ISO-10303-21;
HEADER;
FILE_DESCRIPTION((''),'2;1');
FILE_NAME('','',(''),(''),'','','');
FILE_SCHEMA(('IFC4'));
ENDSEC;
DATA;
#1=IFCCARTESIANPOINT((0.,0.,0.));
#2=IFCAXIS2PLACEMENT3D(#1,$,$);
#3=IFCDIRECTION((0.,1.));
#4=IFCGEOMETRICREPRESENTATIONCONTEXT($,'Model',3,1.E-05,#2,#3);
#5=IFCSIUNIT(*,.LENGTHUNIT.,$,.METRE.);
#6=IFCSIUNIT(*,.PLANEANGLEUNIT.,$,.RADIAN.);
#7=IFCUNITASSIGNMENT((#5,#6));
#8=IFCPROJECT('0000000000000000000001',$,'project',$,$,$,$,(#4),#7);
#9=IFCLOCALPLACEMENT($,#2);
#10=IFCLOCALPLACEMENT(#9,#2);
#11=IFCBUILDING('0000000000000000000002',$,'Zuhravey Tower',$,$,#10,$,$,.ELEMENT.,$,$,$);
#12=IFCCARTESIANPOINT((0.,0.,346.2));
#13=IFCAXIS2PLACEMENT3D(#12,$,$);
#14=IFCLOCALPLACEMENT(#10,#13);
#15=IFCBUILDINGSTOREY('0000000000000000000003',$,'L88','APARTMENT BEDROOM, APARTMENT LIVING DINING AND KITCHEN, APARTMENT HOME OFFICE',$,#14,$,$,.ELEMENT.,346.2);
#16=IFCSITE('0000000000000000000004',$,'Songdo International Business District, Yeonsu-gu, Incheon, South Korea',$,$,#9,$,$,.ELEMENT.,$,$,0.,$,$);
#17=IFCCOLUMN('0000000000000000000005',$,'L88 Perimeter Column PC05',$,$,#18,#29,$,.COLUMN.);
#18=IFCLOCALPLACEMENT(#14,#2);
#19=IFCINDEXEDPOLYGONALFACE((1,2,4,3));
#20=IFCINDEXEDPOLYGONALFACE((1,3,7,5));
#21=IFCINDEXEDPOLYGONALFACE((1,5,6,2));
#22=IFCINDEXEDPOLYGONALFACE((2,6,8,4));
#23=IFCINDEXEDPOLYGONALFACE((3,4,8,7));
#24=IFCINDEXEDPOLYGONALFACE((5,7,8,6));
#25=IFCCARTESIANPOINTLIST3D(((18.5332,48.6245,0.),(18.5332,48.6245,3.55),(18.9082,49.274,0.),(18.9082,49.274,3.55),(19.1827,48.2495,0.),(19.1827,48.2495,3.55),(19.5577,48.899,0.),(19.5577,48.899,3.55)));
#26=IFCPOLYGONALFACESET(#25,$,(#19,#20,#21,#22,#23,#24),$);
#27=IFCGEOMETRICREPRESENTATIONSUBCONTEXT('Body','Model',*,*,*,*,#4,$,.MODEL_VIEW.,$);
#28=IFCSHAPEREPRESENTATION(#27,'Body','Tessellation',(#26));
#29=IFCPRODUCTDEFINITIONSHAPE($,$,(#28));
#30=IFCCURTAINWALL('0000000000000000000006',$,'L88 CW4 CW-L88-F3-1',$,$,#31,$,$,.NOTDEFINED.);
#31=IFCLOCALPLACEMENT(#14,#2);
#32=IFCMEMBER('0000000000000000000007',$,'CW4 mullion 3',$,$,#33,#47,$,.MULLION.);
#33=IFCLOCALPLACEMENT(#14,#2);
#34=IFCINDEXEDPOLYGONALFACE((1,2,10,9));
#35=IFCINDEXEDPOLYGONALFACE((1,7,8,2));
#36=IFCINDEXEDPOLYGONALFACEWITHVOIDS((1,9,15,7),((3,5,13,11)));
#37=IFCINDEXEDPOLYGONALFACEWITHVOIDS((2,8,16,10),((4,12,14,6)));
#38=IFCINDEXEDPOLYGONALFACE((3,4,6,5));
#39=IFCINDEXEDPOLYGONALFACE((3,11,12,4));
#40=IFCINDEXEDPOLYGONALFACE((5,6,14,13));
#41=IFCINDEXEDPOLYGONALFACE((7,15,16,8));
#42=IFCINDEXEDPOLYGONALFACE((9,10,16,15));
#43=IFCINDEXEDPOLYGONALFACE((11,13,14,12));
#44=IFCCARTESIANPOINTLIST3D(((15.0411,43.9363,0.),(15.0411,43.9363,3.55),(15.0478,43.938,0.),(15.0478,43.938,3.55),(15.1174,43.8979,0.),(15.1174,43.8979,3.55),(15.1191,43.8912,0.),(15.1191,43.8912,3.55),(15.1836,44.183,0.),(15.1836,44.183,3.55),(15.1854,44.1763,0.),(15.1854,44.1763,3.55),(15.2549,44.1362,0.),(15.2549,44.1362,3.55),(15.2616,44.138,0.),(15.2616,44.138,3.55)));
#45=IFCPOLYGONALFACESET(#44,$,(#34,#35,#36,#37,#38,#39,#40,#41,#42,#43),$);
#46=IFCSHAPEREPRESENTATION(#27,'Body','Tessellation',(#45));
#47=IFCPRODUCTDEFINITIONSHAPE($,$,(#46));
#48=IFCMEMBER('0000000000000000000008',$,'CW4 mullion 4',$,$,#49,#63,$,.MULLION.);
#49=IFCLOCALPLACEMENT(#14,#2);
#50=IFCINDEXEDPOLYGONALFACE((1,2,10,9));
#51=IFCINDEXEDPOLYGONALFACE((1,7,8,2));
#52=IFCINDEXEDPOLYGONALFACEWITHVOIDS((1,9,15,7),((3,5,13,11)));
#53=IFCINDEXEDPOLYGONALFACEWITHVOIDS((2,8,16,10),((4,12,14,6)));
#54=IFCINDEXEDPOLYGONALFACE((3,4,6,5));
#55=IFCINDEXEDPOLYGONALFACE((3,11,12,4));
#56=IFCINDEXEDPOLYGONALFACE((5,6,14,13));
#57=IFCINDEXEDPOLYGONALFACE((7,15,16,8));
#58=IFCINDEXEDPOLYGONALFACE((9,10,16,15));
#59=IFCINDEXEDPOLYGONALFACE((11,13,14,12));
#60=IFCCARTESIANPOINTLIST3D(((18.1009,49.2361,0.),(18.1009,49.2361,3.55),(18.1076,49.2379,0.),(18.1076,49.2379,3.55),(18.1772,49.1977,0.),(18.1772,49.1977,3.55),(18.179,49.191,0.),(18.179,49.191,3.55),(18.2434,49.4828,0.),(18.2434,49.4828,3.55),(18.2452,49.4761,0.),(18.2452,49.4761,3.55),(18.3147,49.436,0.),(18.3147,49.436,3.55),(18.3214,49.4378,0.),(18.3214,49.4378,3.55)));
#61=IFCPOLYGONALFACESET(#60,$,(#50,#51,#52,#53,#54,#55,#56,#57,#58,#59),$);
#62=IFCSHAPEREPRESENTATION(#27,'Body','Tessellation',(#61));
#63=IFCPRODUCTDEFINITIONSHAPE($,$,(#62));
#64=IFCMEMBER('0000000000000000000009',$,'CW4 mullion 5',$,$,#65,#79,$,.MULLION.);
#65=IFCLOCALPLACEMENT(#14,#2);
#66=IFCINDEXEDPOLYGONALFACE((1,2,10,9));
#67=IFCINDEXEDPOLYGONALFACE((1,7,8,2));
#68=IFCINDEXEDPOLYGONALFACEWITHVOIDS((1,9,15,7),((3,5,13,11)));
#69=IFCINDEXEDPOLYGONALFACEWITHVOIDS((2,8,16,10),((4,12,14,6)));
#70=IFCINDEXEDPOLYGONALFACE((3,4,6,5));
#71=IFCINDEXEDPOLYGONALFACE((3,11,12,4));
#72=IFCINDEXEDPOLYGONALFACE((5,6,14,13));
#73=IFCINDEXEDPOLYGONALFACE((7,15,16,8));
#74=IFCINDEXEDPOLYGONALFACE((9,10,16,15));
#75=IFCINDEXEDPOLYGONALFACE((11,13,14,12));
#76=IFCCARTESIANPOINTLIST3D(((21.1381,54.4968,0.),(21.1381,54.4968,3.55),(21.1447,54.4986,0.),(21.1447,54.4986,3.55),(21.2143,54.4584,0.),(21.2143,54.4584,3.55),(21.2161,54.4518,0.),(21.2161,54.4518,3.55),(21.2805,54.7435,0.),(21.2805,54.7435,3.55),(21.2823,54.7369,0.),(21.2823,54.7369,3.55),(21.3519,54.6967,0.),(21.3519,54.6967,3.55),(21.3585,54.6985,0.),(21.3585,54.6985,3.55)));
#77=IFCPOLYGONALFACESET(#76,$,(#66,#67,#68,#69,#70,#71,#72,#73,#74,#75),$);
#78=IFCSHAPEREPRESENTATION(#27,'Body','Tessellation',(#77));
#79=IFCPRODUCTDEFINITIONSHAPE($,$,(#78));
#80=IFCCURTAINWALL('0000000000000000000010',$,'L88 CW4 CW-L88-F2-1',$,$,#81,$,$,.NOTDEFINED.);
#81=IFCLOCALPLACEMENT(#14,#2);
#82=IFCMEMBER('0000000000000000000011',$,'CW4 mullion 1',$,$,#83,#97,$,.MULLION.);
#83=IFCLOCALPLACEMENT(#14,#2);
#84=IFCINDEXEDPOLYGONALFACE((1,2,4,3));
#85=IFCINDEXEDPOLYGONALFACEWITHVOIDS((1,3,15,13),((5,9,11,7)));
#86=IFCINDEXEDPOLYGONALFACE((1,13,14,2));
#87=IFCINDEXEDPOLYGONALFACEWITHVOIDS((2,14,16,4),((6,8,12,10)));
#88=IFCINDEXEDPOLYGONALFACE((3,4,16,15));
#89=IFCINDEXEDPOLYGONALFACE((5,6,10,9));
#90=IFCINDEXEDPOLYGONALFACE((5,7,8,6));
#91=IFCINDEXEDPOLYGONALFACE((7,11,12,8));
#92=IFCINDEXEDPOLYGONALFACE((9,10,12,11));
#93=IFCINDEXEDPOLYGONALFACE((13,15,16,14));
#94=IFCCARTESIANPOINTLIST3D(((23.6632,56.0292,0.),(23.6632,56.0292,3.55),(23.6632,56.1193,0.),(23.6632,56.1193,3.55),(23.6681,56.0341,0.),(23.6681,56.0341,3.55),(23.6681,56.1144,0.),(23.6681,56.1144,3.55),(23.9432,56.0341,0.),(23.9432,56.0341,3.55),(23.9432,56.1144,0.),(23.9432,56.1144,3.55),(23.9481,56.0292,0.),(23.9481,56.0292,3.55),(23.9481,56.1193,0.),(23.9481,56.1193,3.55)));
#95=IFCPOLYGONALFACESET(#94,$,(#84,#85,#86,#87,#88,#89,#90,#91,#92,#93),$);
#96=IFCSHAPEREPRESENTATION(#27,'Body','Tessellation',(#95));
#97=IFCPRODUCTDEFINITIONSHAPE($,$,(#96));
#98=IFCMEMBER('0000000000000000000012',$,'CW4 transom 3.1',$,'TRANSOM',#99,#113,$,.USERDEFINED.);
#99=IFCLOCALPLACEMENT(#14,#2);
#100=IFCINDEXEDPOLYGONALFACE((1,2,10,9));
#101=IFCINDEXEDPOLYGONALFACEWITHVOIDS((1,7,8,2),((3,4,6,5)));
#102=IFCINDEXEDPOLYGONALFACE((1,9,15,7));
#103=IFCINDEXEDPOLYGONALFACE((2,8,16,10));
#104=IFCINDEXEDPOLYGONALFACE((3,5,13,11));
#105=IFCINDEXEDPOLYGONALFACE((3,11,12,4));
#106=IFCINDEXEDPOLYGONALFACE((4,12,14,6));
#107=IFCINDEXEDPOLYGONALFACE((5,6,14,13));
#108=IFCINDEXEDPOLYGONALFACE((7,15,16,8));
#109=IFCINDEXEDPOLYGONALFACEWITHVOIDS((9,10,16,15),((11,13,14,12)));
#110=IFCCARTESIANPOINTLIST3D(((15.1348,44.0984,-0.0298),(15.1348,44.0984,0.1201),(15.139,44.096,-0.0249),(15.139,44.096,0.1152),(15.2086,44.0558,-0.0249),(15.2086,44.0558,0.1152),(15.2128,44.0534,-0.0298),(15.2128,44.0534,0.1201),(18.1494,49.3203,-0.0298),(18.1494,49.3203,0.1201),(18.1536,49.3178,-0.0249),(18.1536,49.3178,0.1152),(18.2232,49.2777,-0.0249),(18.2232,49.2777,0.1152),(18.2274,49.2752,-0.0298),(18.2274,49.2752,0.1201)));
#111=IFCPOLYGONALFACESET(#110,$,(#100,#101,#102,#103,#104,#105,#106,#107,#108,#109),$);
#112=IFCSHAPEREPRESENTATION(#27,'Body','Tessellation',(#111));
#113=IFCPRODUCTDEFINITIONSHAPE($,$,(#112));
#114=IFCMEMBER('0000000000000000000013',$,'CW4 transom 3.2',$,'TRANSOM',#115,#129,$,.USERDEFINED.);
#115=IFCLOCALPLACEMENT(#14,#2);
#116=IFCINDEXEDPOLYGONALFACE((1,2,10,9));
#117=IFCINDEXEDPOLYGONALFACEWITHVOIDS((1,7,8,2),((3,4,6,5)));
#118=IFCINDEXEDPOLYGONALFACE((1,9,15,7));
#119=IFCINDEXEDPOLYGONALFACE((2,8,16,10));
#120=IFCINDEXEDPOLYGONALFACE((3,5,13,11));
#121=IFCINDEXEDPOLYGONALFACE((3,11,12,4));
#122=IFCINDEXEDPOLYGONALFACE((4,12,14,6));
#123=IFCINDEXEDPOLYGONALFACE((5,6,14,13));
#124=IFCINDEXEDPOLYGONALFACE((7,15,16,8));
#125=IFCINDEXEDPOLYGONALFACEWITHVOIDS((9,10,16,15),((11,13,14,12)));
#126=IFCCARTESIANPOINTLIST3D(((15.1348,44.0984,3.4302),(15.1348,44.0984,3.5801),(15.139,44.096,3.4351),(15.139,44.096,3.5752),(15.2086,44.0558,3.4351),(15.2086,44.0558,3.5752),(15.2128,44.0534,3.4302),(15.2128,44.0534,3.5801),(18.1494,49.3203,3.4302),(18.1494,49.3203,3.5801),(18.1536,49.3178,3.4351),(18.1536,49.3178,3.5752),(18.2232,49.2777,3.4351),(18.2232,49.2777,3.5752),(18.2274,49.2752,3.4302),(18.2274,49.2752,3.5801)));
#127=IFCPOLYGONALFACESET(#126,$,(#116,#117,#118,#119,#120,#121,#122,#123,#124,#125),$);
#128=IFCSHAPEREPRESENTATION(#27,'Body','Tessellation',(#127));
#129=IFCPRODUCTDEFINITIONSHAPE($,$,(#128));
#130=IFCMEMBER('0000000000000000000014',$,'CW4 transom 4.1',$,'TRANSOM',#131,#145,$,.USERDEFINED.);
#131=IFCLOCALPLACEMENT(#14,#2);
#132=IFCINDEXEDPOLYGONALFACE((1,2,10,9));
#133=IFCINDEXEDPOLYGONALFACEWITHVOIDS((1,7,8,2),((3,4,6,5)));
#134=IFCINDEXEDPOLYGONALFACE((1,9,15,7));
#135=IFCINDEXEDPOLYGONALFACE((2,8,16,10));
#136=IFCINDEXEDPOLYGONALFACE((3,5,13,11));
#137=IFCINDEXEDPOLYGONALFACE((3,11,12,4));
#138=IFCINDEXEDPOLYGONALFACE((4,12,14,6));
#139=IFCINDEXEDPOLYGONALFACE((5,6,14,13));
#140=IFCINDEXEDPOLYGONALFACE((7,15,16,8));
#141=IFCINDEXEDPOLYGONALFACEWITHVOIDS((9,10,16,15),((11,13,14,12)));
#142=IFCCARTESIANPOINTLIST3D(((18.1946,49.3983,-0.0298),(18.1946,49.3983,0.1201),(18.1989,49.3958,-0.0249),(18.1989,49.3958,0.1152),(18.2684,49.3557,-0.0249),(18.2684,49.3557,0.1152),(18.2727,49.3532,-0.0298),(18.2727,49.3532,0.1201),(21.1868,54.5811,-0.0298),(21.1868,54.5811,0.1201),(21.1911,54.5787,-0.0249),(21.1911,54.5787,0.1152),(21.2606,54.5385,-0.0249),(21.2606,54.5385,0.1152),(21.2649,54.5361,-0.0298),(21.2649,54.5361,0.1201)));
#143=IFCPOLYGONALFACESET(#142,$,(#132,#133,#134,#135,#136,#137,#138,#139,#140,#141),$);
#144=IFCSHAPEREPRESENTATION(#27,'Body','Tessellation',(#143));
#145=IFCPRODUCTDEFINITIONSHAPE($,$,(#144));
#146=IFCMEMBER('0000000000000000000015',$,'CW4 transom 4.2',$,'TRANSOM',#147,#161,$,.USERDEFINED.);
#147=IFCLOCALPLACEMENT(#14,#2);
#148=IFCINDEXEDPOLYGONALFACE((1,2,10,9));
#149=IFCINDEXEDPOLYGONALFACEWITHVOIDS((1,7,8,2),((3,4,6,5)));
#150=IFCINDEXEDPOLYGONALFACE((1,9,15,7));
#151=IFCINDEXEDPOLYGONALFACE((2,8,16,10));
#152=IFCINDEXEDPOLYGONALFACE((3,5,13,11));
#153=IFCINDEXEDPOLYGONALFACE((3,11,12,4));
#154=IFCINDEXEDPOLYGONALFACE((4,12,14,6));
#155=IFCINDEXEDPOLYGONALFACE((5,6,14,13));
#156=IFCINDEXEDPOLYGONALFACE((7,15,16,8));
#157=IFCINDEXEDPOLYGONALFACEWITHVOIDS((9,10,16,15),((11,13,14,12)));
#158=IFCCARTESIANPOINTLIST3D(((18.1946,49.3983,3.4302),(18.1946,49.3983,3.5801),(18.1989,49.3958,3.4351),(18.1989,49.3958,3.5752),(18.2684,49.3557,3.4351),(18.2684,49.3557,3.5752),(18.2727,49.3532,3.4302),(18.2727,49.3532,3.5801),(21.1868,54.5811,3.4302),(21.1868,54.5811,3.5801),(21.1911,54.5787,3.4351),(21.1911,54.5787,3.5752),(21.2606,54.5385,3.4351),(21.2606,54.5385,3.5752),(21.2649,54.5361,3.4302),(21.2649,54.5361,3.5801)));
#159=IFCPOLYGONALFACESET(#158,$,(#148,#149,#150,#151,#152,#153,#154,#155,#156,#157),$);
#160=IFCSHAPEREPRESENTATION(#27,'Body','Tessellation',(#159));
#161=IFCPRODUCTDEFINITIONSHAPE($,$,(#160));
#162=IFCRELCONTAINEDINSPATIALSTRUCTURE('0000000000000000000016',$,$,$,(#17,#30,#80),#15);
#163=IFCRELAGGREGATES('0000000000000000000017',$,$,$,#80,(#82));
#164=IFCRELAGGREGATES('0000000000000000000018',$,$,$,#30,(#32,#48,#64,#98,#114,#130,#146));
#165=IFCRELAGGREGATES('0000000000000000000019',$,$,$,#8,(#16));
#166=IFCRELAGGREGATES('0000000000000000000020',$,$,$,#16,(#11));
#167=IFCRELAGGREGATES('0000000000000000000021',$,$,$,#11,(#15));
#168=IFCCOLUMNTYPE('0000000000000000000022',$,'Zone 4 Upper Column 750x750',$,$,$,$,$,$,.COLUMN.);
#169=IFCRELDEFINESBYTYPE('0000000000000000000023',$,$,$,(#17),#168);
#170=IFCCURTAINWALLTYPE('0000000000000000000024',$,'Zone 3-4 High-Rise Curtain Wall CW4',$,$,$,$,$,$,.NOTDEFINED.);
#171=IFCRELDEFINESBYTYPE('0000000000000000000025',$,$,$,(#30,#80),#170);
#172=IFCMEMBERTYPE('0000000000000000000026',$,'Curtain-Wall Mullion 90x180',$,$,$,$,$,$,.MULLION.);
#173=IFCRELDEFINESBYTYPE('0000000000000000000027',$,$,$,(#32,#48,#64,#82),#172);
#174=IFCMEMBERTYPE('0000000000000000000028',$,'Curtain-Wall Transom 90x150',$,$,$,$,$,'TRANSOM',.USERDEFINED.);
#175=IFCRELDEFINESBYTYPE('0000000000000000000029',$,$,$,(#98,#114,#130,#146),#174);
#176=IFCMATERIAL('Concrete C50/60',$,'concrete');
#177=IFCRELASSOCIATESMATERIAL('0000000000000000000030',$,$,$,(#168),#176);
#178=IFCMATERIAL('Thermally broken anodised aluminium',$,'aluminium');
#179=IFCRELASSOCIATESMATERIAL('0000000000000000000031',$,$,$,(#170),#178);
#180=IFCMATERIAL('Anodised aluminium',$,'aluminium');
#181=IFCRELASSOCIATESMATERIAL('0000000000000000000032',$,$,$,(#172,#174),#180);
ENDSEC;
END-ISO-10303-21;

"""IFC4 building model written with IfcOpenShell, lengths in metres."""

from ifc_helpers import new_model, si_unit, direction, frame, origin, origin_2d, place, context, subcontext, project, spatial, rectangle, hollow_rectangle, extrude, material, material_profile, profile_set, type_object, element, aggregate, save


model = new_model("IFC4")

# Units and contexts
model_context = context("Model", 3, precision=1e-05, world=origin(), true_north=direction((0.0, 1.0)))
body_context = subcontext(model_context, "Body", "Model", "MODEL_VIEW")
ifc_project = project(units=[si_unit("LENGTHUNIT", "METRE"), si_unit("PLANEANGLEUNIT", "RADIAN")], contexts=[model_context])

# Site, building, storey
site_placement = place(None, origin())
site = spatial("IfcSite", under=ifc_project, at=site_placement, Name="Songdo International Business District, Yeonsu-gu, Incheon, South Korea", CompositionType="ELEMENT", RefElevation=0.0)
building_placement = place(site_placement, origin())
building = spatial("IfcBuilding", under=site, at=building_placement, Name="Zuhravey Tower", CompositionType="ELEMENT")
storey_placement = place(building_placement, frame((0.0, 0.0, 346.2)))
storey = spatial("IfcBuildingStorey", under=building, at=storey_placement, Name="L88", Description="APARTMENT BEDROOM, APARTMENT LIVING DINING AND KITCHEN, APARTMENT HOME OFFICE", CompositionType="ELEMENT", Elevation=346.2)

# Column
ifc_material_1 = material(Name="Concrete C50/60", Category="concrete")
ifc_material_profile_1 = material_profile(ifc_material_1, rectangle(XDim=0.75, YDim=0.75, at=origin_2d()), Name="RC-750x750")
ifc_profile_set_1 = profile_set([ifc_material_profile_1], Name="Concrete C50/60")
column_type = type_object("IfcColumnType", Name="Zone 4 Upper Column 750x750", PredefinedType="COLUMN", material=ifc_profile_set_1)
column_placement = place(storey_placement, frame((19.0454, 48.7617, 0.0), z_axis=(0.0, 0.0, 1.0), x_axis=(-0.5, -0.866025, 0.0)))
element("IfcColumn", 1, at=column_placement, inside=storey, type_object=column_type, Name="L88 Perimeter Column PC05", PredefinedType="COLUMN", context=body_context, shape_type="SweptSolid", body=[
    extrude(rectangle(XDim=0.75, YDim=0.75, at=origin_2d()), origin(), (0.0, 0.0, 1.0), 3.55),
])

# Curtain wall, members
ifc_material_2 = material(Name="Thermally broken anodised aluminium", Category="aluminium")
curtain_wall_type = type_object("IfcCurtainWallType", Name="Zone 3-4 High-Rise Curtain Wall CW4", PredefinedType="NOTDEFINED", material=ifc_material_2)
curtain_wall_1_placement = place(storey_placement, origin())
curtain_wall_1 = element("IfcCurtainWall", 2, at=curtain_wall_1_placement, inside=storey, type_object=curtain_wall_type, Name="L88 CW4 CW-L88-F3-1", PredefinedType="NOTDEFINED")
ifc_material_3 = material(Name="Anodised aluminium", Category="aluminium")
ifc_material_profile_2 = material_profile(ifc_material_3, hollow_rectangle(XDim=0.0901, YDim=0.2849, WallThickness=0.0049, at=origin_2d()), Name="ALU-RHS-90x285x5")
ifc_profile_set_2 = profile_set([ifc_material_profile_2], Name="Anodised aluminium")
member_type_1 = type_object("IfcMemberType", Name="Curtain-Wall Mullion 90x180", PredefinedType="MULLION", material=ifc_profile_set_2)
member_1_placement = place(storey_placement, frame((15.1514, 44.0371, 0.0), z_axis=(0.0, 0.0, 1.0), x_axis=(-0.866026, 0.5, 0.0)))
member_1 = element("IfcMember", 3, at=member_1_placement, type_object=member_type_1, Name="CW4 mullion 3", PredefinedType="MULLION", context=body_context, shape_type="SweptSolid", body=[
    extrude(hollow_rectangle(XDim=0.0901, YDim=0.2849, WallThickness=0.0049, at=origin_2d()), origin(), (0.0, 0.0, 1.0), 3.55),
])
member_2_placement = place(storey_placement, frame((18.2112, 49.3369, 0.0), z_axis=(0.0, 0.0, 1.0), x_axis=(-0.866026, 0.5, 0.0)))
member_2 = element("IfcMember", 4, at=member_2_placement, type_object=member_type_1, Name="CW4 mullion 4", PredefinedType="MULLION", context=body_context, shape_type="SweptSolid", body=[
    extrude(hollow_rectangle(XDim=0.0901, YDim=0.2849, WallThickness=0.0049, at=origin_2d()), origin(), (0.0, 0.0, 1.0), 3.55),
])
member_3_placement = place(storey_placement, frame((21.2483, 54.5977, 0.0), z_axis=(0.0, 0.0, 1.0), x_axis=(-0.866026, 0.5, 0.0)))
member_3 = element("IfcMember", 5, at=member_3_placement, type_object=member_type_1, Name="CW4 mullion 5", PredefinedType="MULLION", context=body_context, shape_type="SweptSolid", body=[
    extrude(hollow_rectangle(XDim=0.0901, YDim=0.2849, WallThickness=0.0049, at=origin_2d()), origin(), (0.0, 0.0, 1.0), 3.55),
])

# Curtain wall, member
curtain_wall_2_placement = place(storey_placement, origin())
curtain_wall_2 = element("IfcCurtainWall", 6, at=curtain_wall_2_placement, inside=storey, type_object=curtain_wall_type, Name="L88 CW4 CW-L88-F2-1", PredefinedType="NOTDEFINED")
member_4_placement = place(storey_placement, frame((23.8057, 56.0742, 0.0), z_axis=(0.0, 0.0, 1.0), x_axis=(0.0, 1.0, 0.0)))
member_4 = element("IfcMember", 7, at=member_4_placement, type_object=member_type_1, Name="CW4 mullion 1", PredefinedType="MULLION", context=body_context, shape_type="SweptSolid", body=[
    extrude(hollow_rectangle(XDim=0.0901, YDim=0.2849, WallThickness=0.0049, at=origin_2d()), origin(), (0.0, 0.0, 1.0), 3.55),
])
aggregate(curtain_wall_2, [member_4])

# Members
ifc_material_profile_3 = material_profile(ifc_material_3, hollow_rectangle(XDim=0.0901, YDim=0.1499, WallThickness=0.0049, at=origin_2d()), Name="ALU-RHS-90x150x5")
ifc_profile_set_3 = profile_set([ifc_material_profile_3], Name="Anodised aluminium")
member_type_2 = type_object("IfcMemberType", Name="Curtain-Wall Transom 90x150", ElementType="TRANSOM", PredefinedType="USERDEFINED", material=ifc_profile_set_3)
member_5_placement = place(storey_placement, frame((15.1738, 44.0759, 0.0452), z_axis=(0.499971, 0.866042, 0.0), x_axis=(-0.866042, 0.499971, 0.0)))
member_5 = element("IfcMember", 8, at=member_5_placement, type_object=member_type_2, Name="CW4 transom 3.1", ObjectType="TRANSOM", PredefinedType="USERDEFINED", context=body_context, shape_type="SweptSolid", body=[
    extrude(hollow_rectangle(XDim=0.0901, YDim=0.1499, WallThickness=0.0049, at=origin_2d()), origin(), (0.0, 0.0, 1.0), 6.0295),
])
member_6_placement = place(storey_placement, frame((15.1738, 44.0759, 3.5051), z_axis=(0.499971, 0.866042, 0.0), x_axis=(-0.866042, 0.499971, 0.0)))
member_6 = element("IfcMember", 9, at=member_6_placement, type_object=member_type_2, Name="CW4 transom 3.2", ObjectType="TRANSOM", PredefinedType="USERDEFINED", context=body_context, shape_type="SweptSolid", body=[
    extrude(hollow_rectangle(XDim=0.0901, YDim=0.1499, WallThickness=0.0049, at=origin_2d()), origin(), (0.0, 0.0, 1.0), 6.0295),
])
member_7_placement = place(storey_placement, frame((18.2336, 49.3757, 0.0452), z_axis=(0.499983, 0.866035, 0.0), x_axis=(-0.866035, 0.499983, 0.0)))
member_7 = element("IfcMember", 10, at=member_7_placement, type_object=member_type_2, Name="CW4 transom 4.1", ObjectType="TRANSOM", PredefinedType="USERDEFINED", context=body_context, shape_type="SweptSolid", body=[
    extrude(hollow_rectangle(XDim=0.0901, YDim=0.1499, WallThickness=0.0049, at=origin_2d()), origin(), (0.0, 0.0, 1.0), 5.9846),
])
member_8_placement = place(storey_placement, frame((18.2336, 49.3757, 3.5051), z_axis=(0.499983, 0.866035, 0.0), x_axis=(-0.866035, 0.499983, 0.0)))
member_8 = element("IfcMember", 11, at=member_8_placement, type_object=member_type_2, Name="CW4 transom 4.2", ObjectType="TRANSOM", PredefinedType="USERDEFINED", context=body_context, shape_type="SweptSolid", body=[
    extrude(hollow_rectangle(XDim=0.0901, YDim=0.1499, WallThickness=0.0049, at=origin_2d()), origin(), (0.0, 0.0, 1.0), 5.9846),
])

aggregate(curtain_wall_1, [member_1, member_2, member_3, member_5, member_6, member_7, member_8])

save(model, "model.ifc")
